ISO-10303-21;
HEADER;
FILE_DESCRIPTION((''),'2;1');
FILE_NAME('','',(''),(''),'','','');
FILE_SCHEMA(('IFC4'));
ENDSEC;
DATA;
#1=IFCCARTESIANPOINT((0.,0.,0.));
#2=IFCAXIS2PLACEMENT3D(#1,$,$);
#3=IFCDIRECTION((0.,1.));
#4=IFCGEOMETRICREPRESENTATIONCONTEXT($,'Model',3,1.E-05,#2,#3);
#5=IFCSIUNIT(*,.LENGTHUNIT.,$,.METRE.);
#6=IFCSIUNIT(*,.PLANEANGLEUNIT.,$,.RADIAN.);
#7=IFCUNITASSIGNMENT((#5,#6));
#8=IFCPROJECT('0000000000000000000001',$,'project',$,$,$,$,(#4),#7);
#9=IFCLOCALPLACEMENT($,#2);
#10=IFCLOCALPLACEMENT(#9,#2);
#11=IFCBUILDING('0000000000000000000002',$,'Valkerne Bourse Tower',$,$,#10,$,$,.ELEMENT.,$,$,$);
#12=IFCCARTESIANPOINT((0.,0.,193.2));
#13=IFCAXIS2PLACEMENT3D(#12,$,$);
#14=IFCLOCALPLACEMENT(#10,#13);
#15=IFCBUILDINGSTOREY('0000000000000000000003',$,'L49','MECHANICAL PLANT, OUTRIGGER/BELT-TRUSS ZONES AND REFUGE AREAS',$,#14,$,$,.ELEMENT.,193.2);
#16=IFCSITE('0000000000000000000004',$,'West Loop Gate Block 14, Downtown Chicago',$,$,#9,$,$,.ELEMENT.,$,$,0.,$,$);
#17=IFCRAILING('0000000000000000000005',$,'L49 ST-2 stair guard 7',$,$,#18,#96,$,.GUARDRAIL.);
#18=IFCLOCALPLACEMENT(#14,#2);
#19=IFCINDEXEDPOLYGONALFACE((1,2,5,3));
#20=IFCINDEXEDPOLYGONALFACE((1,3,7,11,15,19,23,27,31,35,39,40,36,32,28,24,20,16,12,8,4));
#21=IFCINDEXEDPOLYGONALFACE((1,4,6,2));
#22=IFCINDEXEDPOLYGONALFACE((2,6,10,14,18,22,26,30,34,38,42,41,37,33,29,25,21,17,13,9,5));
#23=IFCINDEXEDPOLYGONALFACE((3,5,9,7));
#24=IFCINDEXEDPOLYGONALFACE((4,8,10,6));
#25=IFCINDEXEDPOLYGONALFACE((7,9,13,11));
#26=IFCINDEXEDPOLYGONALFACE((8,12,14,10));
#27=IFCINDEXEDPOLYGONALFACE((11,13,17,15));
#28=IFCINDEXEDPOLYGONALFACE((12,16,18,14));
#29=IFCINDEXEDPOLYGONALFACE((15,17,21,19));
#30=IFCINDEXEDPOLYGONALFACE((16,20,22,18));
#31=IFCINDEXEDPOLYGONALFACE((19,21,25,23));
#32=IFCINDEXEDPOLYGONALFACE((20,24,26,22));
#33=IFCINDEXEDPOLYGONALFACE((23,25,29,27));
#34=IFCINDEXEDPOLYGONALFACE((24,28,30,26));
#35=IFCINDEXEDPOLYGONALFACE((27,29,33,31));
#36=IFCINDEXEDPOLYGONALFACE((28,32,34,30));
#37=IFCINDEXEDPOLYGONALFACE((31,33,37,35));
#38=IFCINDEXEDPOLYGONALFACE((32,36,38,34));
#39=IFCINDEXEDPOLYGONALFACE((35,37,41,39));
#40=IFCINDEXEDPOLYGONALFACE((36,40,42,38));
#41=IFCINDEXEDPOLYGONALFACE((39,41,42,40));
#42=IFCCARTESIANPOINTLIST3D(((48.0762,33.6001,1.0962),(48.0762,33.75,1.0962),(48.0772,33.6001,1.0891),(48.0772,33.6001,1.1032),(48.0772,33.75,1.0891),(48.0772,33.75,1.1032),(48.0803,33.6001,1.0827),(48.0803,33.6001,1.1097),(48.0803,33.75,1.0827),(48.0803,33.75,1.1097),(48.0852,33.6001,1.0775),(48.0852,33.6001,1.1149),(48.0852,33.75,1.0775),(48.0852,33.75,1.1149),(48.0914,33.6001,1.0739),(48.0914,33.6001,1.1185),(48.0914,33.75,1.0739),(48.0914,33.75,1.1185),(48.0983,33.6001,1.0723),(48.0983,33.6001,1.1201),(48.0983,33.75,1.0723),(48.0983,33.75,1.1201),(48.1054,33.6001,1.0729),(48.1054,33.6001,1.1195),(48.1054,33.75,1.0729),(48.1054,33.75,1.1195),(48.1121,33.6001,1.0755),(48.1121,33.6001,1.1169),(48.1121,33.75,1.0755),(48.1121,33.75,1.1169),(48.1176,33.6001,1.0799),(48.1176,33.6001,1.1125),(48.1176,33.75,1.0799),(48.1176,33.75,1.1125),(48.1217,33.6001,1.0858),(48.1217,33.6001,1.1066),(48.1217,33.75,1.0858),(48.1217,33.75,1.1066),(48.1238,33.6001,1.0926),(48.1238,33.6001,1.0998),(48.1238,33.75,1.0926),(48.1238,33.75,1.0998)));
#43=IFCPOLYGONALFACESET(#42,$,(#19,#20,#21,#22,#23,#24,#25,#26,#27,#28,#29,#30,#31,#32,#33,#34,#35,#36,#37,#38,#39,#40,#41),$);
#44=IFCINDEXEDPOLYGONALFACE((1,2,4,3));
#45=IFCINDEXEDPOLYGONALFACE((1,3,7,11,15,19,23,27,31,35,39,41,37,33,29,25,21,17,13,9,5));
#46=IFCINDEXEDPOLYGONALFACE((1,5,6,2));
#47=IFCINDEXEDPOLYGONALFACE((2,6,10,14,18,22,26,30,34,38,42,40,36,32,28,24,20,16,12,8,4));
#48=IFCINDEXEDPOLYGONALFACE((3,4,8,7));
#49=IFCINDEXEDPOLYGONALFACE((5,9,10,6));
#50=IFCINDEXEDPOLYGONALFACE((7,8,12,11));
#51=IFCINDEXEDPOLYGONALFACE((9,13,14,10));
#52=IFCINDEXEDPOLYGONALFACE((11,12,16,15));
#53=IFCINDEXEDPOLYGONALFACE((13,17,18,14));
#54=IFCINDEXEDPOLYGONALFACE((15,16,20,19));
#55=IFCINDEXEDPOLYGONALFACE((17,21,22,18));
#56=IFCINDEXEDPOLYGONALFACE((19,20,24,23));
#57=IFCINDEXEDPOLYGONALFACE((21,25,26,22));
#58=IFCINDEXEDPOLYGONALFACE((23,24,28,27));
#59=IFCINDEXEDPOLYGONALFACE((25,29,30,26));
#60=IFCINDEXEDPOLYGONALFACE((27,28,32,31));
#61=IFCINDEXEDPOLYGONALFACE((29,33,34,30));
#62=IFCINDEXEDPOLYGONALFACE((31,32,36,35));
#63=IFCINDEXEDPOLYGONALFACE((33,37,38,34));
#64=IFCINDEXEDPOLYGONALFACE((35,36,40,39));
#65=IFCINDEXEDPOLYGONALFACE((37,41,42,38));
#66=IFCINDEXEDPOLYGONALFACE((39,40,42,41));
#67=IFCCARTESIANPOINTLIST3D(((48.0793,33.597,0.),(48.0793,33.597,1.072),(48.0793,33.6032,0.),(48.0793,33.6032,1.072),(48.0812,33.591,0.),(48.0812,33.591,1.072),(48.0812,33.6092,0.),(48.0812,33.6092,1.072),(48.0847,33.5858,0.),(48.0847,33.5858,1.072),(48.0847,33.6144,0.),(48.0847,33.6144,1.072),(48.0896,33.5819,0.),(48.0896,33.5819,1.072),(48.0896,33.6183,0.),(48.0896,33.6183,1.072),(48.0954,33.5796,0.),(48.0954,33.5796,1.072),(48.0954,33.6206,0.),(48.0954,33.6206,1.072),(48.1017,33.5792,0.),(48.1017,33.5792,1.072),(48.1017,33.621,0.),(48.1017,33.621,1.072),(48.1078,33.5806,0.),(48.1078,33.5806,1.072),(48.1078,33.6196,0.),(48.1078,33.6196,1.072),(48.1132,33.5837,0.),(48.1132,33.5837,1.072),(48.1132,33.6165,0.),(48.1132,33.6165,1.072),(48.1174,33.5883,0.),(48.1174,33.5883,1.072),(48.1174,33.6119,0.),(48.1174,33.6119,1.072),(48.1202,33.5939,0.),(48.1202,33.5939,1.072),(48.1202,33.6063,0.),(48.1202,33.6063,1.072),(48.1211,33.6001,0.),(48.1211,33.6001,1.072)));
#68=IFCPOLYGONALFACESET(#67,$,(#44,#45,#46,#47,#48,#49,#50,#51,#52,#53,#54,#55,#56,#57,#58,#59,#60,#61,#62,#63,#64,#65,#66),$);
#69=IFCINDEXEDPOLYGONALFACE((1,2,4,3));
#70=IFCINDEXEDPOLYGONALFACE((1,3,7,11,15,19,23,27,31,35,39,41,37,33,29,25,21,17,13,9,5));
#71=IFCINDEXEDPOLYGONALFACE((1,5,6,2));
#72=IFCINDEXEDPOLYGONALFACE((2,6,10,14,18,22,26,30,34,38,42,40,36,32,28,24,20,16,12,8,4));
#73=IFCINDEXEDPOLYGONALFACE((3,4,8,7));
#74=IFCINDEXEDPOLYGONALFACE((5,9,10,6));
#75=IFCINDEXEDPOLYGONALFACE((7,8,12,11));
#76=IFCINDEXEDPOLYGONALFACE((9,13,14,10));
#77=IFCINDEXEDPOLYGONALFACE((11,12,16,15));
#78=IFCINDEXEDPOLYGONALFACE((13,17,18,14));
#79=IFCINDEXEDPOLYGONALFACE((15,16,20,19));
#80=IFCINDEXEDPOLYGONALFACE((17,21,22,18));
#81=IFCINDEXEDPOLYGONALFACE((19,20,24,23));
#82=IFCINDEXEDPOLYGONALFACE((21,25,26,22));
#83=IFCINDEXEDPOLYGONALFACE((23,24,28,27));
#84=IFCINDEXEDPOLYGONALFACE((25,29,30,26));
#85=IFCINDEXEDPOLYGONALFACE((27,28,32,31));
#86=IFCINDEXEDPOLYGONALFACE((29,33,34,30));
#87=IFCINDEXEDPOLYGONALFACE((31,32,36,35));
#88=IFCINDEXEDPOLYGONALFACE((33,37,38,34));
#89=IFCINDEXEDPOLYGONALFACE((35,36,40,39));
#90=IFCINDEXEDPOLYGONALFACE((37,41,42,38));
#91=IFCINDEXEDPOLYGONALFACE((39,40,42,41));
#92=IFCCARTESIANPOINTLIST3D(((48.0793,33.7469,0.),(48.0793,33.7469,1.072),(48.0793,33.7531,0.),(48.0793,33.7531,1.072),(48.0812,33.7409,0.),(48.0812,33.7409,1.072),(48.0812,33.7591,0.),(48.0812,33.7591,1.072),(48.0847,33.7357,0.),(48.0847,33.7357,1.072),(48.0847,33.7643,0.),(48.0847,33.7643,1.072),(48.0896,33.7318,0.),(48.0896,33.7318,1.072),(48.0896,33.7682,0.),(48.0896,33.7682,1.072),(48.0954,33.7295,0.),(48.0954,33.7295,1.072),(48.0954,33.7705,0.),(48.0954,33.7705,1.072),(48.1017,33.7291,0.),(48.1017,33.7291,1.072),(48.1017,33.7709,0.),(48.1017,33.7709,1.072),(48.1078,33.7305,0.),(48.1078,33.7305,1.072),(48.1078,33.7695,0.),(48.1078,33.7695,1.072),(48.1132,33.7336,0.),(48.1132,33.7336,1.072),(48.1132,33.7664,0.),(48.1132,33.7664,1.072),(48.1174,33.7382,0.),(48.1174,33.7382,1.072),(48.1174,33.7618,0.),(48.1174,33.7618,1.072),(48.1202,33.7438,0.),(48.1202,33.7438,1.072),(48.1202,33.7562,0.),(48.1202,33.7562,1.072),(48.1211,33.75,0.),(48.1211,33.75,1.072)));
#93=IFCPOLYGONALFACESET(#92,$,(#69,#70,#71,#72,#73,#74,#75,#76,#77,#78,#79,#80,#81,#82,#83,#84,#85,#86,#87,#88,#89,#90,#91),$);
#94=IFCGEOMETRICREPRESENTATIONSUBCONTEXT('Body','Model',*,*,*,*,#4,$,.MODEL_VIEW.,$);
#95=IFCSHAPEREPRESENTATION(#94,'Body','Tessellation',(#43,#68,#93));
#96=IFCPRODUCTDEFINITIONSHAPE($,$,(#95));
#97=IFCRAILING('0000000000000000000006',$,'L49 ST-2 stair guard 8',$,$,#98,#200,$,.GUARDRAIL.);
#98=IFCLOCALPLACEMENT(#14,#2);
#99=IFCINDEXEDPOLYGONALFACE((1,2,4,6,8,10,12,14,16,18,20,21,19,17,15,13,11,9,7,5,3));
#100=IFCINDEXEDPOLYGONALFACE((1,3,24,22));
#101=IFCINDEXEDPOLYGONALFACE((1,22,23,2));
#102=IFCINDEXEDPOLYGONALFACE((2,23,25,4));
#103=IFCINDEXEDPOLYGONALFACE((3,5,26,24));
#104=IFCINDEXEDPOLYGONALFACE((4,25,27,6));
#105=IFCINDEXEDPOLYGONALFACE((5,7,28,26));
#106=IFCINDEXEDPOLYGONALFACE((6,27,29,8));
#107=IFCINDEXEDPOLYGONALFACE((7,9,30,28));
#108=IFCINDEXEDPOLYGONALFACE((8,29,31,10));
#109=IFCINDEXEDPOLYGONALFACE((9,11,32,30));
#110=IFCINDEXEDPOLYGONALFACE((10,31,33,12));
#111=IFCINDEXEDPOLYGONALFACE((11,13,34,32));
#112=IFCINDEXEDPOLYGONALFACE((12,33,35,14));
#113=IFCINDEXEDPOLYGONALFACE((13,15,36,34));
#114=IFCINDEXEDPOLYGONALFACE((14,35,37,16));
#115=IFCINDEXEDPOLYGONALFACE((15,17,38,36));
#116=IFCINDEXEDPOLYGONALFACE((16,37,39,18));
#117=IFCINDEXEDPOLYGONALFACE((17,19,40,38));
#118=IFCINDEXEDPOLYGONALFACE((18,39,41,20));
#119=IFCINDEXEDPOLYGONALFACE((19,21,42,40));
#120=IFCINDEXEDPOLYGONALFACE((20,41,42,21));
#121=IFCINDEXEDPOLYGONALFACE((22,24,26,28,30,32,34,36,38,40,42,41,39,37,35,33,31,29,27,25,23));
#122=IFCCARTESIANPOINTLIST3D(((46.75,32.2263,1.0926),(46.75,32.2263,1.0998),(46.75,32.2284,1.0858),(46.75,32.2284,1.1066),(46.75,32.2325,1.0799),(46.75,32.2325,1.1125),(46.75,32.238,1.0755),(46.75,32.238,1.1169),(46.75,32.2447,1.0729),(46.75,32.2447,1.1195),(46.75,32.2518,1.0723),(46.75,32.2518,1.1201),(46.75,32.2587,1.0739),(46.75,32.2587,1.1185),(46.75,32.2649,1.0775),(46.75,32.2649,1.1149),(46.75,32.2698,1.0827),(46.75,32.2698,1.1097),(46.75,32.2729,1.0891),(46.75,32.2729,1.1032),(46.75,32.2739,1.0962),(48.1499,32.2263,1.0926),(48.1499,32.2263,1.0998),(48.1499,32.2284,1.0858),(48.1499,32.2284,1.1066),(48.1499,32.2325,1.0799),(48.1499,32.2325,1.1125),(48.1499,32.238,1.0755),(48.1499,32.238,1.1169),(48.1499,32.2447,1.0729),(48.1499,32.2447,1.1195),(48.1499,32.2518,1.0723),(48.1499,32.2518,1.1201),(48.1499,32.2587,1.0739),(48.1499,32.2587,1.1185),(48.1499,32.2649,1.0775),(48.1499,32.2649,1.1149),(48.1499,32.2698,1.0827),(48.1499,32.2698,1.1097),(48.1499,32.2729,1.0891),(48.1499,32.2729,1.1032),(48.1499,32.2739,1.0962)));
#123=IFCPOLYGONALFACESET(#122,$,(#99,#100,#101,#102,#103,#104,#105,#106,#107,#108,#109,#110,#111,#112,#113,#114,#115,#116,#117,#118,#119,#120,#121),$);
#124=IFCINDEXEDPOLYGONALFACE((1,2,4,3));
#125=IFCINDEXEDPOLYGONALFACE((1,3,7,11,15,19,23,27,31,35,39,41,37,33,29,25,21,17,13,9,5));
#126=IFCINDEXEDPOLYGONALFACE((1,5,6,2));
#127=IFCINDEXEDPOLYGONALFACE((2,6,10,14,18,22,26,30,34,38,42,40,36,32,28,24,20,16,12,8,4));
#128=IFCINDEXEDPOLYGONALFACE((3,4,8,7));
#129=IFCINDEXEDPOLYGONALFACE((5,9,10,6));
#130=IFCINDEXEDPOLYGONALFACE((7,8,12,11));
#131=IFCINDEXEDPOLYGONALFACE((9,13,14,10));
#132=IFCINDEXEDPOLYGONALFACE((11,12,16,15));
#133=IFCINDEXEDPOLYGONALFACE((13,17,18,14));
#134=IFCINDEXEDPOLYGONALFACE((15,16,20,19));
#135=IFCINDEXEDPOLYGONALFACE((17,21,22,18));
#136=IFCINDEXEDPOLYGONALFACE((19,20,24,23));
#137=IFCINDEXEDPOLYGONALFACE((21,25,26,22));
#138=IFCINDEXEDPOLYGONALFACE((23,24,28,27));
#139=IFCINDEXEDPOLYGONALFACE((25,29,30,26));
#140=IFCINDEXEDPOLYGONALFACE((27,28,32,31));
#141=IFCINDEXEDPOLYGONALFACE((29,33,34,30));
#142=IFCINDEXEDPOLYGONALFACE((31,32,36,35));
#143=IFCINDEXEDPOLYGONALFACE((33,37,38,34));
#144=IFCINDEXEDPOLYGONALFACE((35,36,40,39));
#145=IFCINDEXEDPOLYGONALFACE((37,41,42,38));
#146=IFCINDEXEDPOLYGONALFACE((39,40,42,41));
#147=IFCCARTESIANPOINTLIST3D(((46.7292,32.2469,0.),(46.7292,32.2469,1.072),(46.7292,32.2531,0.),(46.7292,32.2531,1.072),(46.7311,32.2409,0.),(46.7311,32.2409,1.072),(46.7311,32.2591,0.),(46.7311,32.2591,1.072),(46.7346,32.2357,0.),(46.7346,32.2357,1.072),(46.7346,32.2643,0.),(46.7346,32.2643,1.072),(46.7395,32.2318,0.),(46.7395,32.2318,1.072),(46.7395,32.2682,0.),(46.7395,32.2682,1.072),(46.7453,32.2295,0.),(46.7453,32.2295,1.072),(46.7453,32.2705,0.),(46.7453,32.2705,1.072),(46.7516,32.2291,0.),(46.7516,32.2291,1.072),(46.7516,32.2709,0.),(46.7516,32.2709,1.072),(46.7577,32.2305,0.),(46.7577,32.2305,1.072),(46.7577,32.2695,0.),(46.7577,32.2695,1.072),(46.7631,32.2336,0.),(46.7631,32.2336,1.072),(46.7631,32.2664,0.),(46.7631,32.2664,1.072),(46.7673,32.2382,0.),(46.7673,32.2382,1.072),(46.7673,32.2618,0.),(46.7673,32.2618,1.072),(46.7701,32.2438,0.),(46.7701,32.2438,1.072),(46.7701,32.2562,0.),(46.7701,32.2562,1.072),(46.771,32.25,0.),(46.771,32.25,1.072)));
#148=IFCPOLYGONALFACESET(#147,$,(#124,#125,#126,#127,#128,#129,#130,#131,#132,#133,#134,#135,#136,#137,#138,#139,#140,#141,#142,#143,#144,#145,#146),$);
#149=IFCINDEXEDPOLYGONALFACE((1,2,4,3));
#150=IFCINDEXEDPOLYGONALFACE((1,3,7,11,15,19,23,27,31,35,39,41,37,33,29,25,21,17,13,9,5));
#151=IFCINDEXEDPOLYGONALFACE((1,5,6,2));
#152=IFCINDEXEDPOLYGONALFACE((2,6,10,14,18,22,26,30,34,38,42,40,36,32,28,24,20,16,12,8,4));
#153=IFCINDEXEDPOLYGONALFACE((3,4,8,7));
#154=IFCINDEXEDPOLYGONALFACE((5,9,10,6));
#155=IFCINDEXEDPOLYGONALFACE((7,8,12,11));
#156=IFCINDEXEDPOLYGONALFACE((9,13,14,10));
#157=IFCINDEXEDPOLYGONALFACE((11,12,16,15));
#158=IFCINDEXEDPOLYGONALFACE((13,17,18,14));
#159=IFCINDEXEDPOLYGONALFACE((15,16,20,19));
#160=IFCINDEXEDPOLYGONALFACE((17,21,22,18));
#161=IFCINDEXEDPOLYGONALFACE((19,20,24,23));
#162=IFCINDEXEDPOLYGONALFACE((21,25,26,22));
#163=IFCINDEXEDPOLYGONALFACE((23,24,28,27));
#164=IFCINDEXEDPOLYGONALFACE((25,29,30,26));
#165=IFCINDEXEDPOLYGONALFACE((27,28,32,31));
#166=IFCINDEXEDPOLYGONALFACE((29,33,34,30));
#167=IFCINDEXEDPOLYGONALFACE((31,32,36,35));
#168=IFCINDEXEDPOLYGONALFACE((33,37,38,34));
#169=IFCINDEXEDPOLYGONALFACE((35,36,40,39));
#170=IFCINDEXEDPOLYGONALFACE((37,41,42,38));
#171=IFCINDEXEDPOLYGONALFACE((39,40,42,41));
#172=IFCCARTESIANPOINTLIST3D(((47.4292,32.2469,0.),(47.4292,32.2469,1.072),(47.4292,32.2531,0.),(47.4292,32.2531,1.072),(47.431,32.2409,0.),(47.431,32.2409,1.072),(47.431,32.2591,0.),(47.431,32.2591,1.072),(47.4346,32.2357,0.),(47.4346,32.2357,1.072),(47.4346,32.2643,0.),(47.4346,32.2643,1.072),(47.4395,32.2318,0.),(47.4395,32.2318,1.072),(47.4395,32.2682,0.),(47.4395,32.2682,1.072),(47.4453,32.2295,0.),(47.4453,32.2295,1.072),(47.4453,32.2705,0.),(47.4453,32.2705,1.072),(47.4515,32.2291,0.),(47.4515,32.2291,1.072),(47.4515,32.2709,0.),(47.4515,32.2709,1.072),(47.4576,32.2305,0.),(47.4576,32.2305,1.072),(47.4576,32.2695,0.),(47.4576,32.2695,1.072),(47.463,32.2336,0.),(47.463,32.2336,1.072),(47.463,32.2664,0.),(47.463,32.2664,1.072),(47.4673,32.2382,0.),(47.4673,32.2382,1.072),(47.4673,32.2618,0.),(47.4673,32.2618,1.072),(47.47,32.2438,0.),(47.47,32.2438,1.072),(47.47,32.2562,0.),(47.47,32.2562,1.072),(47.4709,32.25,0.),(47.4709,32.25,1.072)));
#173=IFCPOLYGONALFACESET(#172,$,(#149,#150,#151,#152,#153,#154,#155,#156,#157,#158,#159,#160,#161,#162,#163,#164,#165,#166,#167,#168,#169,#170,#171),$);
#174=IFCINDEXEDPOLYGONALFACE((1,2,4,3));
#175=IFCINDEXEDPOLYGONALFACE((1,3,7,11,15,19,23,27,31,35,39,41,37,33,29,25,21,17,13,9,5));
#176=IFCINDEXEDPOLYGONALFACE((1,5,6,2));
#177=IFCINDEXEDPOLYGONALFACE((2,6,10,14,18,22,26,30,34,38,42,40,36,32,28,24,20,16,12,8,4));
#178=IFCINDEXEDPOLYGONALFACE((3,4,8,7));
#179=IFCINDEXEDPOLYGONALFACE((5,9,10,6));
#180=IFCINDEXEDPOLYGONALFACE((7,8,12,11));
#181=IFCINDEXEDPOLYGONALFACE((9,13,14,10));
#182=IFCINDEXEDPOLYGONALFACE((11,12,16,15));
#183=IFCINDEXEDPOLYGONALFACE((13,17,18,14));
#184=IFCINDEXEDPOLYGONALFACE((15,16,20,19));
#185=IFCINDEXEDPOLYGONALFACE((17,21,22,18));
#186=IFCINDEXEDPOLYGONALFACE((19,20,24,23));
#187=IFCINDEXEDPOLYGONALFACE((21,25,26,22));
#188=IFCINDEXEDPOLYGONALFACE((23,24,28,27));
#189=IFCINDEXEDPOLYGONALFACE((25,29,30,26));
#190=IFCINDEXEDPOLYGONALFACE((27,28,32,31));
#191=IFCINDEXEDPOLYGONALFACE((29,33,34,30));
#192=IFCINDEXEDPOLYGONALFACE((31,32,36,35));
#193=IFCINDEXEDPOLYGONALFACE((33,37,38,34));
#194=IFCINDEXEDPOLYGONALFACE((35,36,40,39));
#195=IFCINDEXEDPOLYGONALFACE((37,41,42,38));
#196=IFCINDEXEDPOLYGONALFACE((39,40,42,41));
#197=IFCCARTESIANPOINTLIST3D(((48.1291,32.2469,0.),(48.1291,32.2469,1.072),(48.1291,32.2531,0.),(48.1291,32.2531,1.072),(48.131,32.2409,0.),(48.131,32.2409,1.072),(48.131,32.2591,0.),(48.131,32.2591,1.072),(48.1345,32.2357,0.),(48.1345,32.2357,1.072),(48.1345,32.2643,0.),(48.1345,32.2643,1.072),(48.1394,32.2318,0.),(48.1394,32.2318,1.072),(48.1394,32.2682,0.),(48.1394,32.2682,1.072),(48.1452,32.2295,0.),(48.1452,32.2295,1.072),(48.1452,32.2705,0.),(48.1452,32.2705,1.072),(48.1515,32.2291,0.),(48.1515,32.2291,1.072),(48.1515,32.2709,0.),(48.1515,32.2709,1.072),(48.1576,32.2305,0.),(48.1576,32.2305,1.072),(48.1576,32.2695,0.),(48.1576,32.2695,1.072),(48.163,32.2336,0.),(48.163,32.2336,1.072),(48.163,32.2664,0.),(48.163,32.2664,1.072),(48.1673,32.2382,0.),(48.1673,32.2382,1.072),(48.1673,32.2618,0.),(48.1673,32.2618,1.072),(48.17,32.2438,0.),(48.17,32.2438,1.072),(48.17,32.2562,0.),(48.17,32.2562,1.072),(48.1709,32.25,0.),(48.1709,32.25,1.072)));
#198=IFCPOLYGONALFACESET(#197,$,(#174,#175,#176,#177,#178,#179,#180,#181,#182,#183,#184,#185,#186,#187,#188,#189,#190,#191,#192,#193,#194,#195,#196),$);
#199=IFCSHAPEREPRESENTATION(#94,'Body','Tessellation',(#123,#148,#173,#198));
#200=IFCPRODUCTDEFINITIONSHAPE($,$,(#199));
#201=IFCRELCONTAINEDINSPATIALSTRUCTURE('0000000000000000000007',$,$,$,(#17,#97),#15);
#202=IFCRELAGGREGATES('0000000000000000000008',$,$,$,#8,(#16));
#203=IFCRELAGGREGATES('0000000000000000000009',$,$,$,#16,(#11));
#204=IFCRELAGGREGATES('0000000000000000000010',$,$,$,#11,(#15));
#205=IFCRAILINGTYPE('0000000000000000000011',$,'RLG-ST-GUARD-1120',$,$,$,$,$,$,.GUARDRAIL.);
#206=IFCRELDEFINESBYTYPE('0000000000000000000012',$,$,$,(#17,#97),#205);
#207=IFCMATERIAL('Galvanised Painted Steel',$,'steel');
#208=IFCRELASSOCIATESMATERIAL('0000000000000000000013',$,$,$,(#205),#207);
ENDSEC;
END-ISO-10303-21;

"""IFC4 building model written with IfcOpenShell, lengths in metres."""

from ifc_helpers import new_model, si_unit, direction, frame, origin, origin_2d, place, context, subcontext, project, spatial, circle, extrude, material, type_object, element, save


model = new_model("IFC4")

# Units and contexts
model_context = context("Model", 3, precision=1e-05, world=origin(), true_north=direction((0.0, 1.0)))
body_context = subcontext(model_context, "Body", "Model", "MODEL_VIEW")
ifc_project = project(units=[si_unit("LENGTHUNIT", "METRE"), si_unit("PLANEANGLEUNIT", "RADIAN")], contexts=[model_context])

# Site, building, storey
site_placement = place(None, origin())
site = spatial("IfcSite", under=ifc_project, at=site_placement, Name="West Loop Gate Block 14, Downtown Chicago", CompositionType="ELEMENT", RefElevation=0.0)
building_placement = place(site_placement, origin())
building = spatial("IfcBuilding", under=site, at=building_placement, Name="Valkerne Bourse Tower", CompositionType="ELEMENT")
storey_placement = place(building_placement, frame((0.0, 0.0, 193.2)))
storey = spatial("IfcBuildingStorey", under=building, at=storey_placement, Name="L49", Description="MECHANICAL PLANT, OUTRIGGER/BELT-TRUSS ZONES AND REFUGE AREAS", CompositionType="ELEMENT", Elevation=193.2)

# Shared definitions
ifc_material_1 = material(Name="Galvanised Painted Steel", Category="steel")

# Railings
railing_type_1 = type_object("IfcRailingType", Name="RLG-ST-GUARD-1120", PredefinedType="GUARDRAIL", material=ifc_material_1)
railing_1_placement = place(storey_placement, frame((48.1001, 33.6001, 0.0)))
element("IfcRailing", 1, at=railing_1_placement, inside=storey, type_object=railing_type_1, Name="L49 ST-2 stair guard 7", PredefinedType="GUARDRAIL", context=body_context, shape_type="SweptSolid", body=[
    extrude(circle(Radius=0.0239, at=origin_2d()), frame((0.0, 0.0, 1.0962), z_axis=(0.0, 1.0, 0.0), x_axis=(-1.0, 0.0, 0.0)), (0.0, 0.0, 1.0), 0.1499),
    extrude(circle(Radius=0.021, at=origin_2d()), origin(), (0.0, 0.0, 1.0), 1.072),
    extrude(circle(Radius=0.021, at=origin_2d()), frame((0.0, 0.1499, 0.0)), (0.0, 0.0, 1.0), 1.072),
])
for number, where, name in (
    (2, (46.75, 32.25, 0.0), "L49 ST-2 stair guard 8"),
):
    element("IfcRailing", number, at=place(storey_placement, frame(where)), inside=storey, type_object=railing_type_1, Name=name, PredefinedType="GUARDRAIL", context=body_context, shape_type="SweptSolid", body=[
        extrude(circle(Radius=0.0239, at=origin_2d()), frame((0.0, 0.0, 1.0962), z_axis=(1.0, 0.0, 0.0), x_axis=(0.0, 1.0, 0.0)), (0.0, 0.0, 1.0), 1.3999),
        extrude(circle(Radius=0.021, at=origin_2d()), origin(), (0.0, 0.0, 1.0), 1.072),
        extrude(circle(Radius=0.021, at=origin_2d()), frame((0.7, 0.0, 0.0)), (0.0, 0.0, 1.0), 1.072),
        extrude(circle(Radius=0.021, at=origin_2d()), frame((1.3999, 0.0, 0.0)), (0.0, 0.0, 1.0), 1.072),
    ])

save(model, "model.ifc")
